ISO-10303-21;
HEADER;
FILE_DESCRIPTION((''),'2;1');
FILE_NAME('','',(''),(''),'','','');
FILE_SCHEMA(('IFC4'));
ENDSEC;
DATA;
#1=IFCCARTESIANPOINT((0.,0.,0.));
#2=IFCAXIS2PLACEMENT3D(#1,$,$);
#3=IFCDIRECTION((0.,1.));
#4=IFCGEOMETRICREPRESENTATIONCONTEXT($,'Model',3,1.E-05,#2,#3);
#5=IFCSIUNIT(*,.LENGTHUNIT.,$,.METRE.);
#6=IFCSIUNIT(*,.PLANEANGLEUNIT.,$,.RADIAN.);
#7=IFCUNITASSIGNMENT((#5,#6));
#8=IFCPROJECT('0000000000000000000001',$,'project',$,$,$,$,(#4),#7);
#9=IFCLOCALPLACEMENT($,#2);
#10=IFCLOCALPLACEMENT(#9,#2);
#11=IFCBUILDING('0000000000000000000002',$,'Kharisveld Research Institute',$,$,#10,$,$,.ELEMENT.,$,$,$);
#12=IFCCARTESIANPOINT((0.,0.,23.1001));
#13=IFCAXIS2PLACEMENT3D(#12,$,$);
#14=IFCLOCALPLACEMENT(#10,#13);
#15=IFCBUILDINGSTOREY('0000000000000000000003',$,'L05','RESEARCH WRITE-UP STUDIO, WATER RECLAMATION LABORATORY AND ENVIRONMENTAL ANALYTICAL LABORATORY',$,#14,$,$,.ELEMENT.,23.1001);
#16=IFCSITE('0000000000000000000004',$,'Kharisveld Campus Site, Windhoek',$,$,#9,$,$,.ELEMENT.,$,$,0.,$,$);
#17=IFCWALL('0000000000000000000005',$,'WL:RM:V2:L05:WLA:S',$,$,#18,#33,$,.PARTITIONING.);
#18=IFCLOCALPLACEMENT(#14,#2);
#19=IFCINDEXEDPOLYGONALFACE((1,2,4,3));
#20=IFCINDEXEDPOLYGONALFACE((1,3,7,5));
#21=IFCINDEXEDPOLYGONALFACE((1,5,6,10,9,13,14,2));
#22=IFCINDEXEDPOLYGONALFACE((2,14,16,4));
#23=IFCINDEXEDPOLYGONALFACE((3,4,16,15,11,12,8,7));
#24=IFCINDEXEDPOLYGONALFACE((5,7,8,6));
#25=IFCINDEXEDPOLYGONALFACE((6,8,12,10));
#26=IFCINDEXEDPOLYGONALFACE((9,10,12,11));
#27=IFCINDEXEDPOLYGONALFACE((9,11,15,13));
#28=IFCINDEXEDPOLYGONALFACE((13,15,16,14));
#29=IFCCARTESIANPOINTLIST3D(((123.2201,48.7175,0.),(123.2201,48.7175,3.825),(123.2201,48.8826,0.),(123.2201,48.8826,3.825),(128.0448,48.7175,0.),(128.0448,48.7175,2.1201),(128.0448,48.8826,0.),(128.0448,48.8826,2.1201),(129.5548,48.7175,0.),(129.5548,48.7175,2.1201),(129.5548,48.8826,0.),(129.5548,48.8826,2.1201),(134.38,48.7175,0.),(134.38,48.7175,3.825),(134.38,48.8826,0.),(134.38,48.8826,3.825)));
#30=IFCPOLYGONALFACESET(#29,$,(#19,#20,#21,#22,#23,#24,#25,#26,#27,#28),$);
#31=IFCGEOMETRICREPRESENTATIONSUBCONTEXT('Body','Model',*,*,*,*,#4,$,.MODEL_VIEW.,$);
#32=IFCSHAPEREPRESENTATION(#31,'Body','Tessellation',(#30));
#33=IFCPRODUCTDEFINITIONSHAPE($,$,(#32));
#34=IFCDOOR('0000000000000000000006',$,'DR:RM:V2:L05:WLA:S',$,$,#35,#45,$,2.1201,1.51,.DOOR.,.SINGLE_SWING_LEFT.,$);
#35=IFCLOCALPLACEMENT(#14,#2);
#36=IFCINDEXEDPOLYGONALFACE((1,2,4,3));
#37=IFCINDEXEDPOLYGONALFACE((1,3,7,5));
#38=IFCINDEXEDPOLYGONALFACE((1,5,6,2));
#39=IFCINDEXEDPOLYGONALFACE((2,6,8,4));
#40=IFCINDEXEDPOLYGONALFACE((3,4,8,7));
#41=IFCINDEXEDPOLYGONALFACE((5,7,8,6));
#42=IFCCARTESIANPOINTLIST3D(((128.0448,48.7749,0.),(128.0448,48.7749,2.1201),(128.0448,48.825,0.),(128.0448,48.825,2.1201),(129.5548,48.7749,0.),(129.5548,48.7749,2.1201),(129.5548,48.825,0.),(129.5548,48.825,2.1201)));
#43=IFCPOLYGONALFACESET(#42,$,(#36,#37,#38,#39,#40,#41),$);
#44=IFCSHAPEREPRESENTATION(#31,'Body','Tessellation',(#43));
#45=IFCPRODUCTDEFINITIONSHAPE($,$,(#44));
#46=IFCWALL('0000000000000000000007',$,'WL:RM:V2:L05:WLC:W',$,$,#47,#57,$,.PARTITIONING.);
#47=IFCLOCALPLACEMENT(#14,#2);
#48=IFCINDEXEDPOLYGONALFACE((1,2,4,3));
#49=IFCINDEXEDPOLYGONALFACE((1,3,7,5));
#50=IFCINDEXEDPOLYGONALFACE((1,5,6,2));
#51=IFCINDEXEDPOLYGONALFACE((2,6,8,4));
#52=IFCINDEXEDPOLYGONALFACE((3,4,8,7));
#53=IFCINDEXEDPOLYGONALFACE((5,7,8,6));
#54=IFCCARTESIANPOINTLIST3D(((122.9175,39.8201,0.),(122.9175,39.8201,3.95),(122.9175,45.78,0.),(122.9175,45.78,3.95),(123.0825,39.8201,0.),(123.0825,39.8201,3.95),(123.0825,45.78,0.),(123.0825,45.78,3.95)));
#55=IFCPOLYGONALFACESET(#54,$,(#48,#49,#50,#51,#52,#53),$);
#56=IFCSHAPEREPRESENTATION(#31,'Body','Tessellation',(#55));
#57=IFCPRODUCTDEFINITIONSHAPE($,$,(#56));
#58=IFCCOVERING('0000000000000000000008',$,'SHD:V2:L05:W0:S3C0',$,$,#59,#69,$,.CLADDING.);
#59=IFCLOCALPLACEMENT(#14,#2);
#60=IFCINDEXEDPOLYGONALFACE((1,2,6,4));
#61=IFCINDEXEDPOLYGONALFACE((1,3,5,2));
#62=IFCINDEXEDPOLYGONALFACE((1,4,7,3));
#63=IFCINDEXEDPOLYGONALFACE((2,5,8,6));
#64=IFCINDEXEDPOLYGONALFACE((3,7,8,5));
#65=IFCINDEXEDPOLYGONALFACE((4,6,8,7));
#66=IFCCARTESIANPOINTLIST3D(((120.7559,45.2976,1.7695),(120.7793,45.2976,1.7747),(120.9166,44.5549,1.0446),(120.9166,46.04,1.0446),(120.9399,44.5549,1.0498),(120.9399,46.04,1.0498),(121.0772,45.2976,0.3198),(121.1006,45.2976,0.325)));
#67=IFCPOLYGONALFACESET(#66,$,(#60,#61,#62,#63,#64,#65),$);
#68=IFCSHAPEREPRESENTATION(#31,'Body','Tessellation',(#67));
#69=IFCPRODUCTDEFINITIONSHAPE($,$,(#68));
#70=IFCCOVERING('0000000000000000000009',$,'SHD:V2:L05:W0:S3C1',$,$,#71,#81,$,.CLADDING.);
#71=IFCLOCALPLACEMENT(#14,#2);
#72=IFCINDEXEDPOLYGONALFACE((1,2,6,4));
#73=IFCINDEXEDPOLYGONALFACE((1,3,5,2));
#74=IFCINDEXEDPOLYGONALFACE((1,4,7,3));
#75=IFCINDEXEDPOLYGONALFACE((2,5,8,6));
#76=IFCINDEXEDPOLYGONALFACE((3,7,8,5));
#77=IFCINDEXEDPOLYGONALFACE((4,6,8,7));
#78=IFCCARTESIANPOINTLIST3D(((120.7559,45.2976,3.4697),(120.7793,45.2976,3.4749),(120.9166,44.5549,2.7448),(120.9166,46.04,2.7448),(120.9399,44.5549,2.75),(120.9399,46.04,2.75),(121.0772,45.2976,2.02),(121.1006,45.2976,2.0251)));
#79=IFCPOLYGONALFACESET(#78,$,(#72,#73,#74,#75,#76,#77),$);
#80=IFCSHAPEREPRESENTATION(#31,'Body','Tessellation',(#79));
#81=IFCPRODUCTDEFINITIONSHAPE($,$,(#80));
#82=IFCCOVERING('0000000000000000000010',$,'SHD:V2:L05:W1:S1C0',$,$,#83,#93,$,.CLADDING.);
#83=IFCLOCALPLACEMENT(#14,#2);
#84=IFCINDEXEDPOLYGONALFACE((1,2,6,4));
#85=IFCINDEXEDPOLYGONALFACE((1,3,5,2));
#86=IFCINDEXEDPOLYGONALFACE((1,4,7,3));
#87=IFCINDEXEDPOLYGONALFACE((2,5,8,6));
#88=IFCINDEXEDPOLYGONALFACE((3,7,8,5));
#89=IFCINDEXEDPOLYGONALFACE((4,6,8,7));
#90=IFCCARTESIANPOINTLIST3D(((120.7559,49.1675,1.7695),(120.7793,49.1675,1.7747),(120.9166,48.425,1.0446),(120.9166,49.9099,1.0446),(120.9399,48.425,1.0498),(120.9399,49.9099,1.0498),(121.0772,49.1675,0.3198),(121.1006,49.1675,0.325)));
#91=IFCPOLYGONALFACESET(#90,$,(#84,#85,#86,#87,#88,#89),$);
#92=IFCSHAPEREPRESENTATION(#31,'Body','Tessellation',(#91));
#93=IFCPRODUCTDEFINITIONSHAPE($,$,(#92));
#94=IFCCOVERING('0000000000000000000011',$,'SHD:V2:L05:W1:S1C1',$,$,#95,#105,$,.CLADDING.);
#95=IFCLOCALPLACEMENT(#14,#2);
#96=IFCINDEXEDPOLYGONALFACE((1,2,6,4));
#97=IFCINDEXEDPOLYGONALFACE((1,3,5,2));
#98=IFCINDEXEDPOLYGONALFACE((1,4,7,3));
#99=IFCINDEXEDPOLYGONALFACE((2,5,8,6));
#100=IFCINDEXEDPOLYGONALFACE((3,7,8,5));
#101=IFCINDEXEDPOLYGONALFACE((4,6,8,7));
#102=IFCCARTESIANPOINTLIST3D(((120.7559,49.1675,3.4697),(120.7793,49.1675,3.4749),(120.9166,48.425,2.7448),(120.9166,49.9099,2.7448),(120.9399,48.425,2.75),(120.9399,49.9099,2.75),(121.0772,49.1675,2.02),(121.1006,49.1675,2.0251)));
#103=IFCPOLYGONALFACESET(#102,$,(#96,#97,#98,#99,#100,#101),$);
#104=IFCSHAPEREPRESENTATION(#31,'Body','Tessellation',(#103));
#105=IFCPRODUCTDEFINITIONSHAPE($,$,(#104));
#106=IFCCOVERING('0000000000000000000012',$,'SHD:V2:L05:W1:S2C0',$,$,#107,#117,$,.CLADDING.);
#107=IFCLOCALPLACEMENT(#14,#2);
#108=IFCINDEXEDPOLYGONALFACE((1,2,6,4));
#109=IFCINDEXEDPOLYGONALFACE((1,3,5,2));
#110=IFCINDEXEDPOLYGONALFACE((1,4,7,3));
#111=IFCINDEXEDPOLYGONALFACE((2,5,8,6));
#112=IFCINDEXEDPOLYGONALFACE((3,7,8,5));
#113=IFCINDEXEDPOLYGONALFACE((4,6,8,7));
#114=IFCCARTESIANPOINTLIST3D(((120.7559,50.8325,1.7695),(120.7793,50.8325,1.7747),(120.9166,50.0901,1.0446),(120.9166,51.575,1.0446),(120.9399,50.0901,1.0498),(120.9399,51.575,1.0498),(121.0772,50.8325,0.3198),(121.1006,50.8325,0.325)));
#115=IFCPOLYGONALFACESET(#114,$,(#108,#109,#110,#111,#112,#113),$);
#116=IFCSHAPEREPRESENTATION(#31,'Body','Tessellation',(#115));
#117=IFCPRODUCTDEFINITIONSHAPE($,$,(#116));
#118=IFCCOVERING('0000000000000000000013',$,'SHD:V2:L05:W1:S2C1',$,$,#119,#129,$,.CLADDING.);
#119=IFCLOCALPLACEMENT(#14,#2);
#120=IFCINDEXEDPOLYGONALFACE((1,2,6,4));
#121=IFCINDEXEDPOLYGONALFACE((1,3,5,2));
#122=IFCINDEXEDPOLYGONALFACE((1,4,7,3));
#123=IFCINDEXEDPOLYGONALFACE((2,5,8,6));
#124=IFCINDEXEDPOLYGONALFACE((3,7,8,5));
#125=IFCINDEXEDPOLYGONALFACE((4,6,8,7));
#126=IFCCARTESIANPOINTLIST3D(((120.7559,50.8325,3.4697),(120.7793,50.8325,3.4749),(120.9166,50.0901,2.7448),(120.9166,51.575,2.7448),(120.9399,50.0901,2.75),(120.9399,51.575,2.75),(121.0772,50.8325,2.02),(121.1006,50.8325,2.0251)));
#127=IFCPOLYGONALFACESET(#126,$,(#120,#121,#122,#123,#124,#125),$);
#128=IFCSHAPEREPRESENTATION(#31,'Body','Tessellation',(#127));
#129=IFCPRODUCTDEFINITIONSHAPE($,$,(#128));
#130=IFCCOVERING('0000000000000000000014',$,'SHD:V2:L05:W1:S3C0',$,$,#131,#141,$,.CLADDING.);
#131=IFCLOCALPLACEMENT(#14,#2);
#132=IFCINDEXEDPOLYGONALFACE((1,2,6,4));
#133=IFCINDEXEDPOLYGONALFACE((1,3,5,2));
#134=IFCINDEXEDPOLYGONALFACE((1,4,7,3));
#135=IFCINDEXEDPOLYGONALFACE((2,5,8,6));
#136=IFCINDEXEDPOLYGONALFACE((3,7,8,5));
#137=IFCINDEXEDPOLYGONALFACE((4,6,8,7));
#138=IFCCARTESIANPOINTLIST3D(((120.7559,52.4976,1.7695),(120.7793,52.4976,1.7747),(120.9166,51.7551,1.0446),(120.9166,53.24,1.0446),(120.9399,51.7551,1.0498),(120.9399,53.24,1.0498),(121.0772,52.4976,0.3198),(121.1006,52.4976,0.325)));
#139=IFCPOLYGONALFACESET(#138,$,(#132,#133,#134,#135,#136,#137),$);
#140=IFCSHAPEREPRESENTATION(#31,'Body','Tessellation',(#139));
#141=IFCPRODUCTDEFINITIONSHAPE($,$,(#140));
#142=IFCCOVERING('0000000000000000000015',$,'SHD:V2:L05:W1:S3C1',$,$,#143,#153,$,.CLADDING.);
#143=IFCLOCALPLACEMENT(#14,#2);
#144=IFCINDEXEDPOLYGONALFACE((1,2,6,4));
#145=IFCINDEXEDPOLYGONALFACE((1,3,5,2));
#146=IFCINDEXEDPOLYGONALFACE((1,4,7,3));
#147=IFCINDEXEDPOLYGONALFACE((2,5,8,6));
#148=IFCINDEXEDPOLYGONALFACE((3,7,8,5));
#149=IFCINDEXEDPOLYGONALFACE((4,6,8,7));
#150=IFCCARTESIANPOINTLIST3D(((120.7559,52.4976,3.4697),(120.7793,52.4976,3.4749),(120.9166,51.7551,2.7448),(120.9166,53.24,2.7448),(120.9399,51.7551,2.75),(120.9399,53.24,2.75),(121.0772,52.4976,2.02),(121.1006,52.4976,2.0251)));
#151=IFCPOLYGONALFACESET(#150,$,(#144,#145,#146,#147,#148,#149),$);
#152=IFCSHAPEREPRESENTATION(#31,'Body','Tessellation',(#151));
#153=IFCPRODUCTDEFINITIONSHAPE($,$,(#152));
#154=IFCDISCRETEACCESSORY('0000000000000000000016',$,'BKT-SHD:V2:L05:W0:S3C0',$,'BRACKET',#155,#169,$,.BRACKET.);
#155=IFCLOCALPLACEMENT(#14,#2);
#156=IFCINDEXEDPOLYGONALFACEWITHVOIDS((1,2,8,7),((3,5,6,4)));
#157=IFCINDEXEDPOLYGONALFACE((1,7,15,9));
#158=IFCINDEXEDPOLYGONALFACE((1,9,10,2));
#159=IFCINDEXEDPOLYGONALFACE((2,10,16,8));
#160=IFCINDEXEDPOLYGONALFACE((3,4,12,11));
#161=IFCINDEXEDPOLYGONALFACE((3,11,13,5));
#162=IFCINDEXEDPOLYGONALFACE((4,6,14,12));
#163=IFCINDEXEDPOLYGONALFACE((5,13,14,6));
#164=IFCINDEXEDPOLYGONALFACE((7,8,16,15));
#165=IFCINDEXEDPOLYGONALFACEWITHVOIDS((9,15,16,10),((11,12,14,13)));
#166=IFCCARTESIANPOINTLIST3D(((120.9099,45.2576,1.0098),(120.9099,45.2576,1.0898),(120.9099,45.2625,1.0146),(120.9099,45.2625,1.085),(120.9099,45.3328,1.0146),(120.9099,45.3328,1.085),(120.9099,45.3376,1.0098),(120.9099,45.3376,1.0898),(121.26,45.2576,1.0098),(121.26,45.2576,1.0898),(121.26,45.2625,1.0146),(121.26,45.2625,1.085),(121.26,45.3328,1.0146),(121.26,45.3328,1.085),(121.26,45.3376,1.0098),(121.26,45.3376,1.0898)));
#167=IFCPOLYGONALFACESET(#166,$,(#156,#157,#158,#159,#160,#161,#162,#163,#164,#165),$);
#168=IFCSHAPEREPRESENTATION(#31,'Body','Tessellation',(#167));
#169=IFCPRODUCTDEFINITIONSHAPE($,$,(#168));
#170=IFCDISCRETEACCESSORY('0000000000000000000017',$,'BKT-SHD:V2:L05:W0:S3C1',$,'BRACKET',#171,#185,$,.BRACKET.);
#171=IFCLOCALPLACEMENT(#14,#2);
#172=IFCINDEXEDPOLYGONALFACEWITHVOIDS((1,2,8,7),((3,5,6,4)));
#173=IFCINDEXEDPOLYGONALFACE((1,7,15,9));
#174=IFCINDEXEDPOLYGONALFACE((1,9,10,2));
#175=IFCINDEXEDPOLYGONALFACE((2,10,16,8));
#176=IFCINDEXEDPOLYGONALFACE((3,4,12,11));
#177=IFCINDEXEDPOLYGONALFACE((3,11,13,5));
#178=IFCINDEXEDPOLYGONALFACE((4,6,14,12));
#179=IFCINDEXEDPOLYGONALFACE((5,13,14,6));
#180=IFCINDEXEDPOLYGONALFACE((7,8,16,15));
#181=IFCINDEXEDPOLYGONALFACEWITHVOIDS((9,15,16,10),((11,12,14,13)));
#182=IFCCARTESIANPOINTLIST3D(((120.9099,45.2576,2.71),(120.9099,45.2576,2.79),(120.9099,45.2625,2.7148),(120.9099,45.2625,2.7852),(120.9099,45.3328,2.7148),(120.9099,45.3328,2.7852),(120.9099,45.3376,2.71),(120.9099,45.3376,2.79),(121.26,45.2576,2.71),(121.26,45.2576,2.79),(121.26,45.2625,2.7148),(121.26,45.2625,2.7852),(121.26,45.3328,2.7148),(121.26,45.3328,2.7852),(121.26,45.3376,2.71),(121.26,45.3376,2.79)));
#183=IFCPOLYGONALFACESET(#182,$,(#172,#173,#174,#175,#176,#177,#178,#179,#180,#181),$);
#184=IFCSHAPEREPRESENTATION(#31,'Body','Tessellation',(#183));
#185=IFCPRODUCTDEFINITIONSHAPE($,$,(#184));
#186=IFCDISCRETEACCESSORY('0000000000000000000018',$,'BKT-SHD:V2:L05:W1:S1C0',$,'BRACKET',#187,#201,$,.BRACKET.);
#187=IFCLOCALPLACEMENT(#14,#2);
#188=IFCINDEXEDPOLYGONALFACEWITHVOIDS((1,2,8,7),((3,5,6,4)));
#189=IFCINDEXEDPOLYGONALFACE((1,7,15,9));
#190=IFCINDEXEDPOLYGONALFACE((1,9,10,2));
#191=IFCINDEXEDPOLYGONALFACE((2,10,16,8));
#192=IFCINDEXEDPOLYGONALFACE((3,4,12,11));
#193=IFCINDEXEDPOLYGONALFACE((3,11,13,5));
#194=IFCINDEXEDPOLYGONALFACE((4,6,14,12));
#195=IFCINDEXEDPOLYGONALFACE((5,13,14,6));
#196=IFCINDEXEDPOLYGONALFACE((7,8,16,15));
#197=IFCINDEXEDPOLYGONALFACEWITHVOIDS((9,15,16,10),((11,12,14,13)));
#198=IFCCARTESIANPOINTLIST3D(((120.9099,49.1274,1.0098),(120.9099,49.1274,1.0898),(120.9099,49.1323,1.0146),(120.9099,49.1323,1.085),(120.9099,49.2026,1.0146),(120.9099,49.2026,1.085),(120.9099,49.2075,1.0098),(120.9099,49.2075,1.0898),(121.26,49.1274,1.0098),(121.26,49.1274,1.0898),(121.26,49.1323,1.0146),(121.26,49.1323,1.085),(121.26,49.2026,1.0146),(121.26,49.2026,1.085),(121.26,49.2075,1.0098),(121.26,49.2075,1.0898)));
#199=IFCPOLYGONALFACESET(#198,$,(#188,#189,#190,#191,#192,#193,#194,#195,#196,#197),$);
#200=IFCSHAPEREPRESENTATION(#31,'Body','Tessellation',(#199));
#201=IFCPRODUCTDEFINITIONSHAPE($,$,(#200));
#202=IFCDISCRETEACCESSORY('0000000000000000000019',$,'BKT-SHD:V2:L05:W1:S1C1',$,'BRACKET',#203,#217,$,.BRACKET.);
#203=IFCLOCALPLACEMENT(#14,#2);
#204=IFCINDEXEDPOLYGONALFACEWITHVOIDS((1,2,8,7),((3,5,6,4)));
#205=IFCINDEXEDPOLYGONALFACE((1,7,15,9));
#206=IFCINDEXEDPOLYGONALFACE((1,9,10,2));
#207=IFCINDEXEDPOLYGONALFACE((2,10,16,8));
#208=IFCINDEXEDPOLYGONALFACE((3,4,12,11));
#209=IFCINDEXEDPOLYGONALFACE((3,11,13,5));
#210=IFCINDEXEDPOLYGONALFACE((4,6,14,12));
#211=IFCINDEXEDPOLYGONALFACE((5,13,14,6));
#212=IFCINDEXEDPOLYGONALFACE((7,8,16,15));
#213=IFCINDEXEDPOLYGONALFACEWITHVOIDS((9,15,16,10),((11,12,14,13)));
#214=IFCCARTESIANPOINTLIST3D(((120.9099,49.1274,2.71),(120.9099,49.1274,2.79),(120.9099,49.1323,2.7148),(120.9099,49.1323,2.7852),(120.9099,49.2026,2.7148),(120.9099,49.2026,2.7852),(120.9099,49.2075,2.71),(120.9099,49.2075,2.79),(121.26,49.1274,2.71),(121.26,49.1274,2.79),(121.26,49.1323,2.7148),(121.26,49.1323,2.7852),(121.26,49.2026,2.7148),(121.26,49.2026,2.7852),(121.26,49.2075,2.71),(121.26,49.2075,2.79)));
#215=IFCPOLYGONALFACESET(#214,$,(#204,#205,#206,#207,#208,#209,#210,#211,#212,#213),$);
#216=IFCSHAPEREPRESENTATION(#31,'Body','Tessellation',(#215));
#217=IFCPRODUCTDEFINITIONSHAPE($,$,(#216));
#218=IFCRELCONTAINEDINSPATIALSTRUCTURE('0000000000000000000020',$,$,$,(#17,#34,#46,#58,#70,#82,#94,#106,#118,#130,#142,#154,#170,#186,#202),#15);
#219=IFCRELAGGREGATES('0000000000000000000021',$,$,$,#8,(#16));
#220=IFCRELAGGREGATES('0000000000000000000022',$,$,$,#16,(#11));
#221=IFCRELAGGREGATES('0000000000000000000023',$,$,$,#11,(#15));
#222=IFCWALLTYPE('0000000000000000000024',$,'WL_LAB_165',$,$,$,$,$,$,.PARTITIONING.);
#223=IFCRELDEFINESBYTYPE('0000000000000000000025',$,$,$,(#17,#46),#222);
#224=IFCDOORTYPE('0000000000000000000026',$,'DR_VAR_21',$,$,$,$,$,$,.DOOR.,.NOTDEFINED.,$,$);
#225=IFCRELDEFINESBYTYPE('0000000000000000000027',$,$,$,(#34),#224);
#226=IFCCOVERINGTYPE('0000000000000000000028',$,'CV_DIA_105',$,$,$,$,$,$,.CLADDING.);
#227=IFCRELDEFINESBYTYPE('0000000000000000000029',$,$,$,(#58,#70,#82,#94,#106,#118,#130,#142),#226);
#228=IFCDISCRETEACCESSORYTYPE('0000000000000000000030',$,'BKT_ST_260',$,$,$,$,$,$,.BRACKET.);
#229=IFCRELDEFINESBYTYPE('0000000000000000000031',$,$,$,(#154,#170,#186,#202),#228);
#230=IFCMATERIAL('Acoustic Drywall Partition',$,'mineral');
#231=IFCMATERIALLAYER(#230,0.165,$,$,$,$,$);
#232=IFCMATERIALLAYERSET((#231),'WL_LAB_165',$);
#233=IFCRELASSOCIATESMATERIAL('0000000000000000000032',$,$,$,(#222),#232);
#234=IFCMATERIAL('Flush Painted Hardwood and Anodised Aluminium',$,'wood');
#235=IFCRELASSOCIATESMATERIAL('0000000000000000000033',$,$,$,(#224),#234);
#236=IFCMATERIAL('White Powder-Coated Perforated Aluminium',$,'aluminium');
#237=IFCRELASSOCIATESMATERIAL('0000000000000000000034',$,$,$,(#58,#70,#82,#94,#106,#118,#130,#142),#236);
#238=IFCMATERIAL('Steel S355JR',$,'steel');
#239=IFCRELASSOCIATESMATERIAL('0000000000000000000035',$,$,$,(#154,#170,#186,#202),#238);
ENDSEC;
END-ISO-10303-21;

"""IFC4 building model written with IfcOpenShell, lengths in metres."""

from ifc_helpers import new_model, si_unit, direction, frame, frame_2d, origin, origin_2d, place, context, subcontext, project, spatial, polyline, rectangle, hollow_rectangle, outline, extrude, material, layer, layer_set, type_object, element, fill, save


model = new_model("IFC4")

# Units and contexts
model_context = context("Model", 3, precision=1e-05, world=origin(), true_north=direction((0.0, 1.0)))
body_context = subcontext(model_context, "Body", "Model", "MODEL_VIEW")
ifc_project = project(units=[si_unit("LENGTHUNIT", "METRE"), si_unit("PLANEANGLEUNIT", "RADIAN")], contexts=[model_context])

# Site, building, storey
site_placement = place(None, origin())
site = spatial("IfcSite", under=ifc_project, at=site_placement, Name="Kharisveld Campus Site, Windhoek", CompositionType="ELEMENT", RefElevation=0.0)
building_placement = place(site_placement, origin())
building = spatial("IfcBuilding", under=site, at=building_placement, Name="Kharisveld Research Institute", CompositionType="ELEMENT")
storey_placement = place(building_placement, frame((0.0, 0.0, 23.1001)))
storey = spatial("IfcBuildingStorey", under=building, at=storey_placement, Name="L05", Description="RESEARCH WRITE-UP STUDIO, WATER RECLAMATION LABORATORY AND ENVIRONMENTAL ANALYTICAL LABORATORY", CompositionType="ELEMENT", Elevation=23.1001)

# Wall, opening, door
ifc_material_1 = material(Name="Acoustic Drywall Partition", Category="mineral")
ifc_layer_1 = layer(ifc_material_1, 0.165)
ifc_layer_set_1 = layer_set([ifc_layer_1], Name="WL_LAB_165")
wall_type_1 = type_object("IfcWallType", Name="WL_LAB_165", PredefinedType="PARTITIONING", material=ifc_layer_set_1)
wall_1_placement = place(storey_placement, frame((123.22, 48.8, 0.0), z_axis=(0.0, 0.0, 1.0), x_axis=(1.0, 0.0, 0.0)))
wall_1 = element("IfcWall", 1, at=wall_1_placement, inside=storey, type_object=wall_type_1, Name="WL:RM:V2:L05:WLA:S", PredefinedType="PARTITIONING", context=body_context, shape_type="SweptSolid", body=[
    extrude(rectangle(XDim=11.1599, YDim=0.165, at=frame_2d((5.5801, 0.0))), origin(), (0.0, 0.0, 1.0), 3.825),
])
opening_1_placement = place(wall_1_placement, frame((4.825, 0.0, 0.0)))
opening_1 = element("IfcOpeningElement", 2, at=opening_1_placement, cuts=wall_1, PredefinedType="OPENING", context=body_context, shape_type="SweptSolid", body=[
    extrude(rectangle(XDim=1.51, YDim=2.1201, at=frame_2d((0.7549, 1.0601))), frame((0.0, 0.0825, 0.0), z_axis=(0.0, -1.0, 0.0), x_axis=(1.0, 0.0, 0.0)), (0.0, 0.0, 1.0), 0.165),
])
ifc_material_2 = material(Name="Flush Painted Hardwood and Anodised Aluminium", Category="wood")
door_type_1 = type_object("IfcDoorType", Name="DR_VAR_21", OperationType="NOTDEFINED", PredefinedType="DOOR", material=ifc_material_2)
door_1_placement = place(opening_1_placement, origin())
door_1 = element("IfcDoor", 3, at=door_1_placement, inside=storey, type_object=door_type_1, Name="DR:RM:V2:L05:WLA:S", OperationType="SINGLE_SWING_LEFT", OverallHeight=2.1201, OverallWidth=1.51, PredefinedType="DOOR", context=body_context, shape_type="SweptSolid", body=[
    extrude(rectangle(XDim=1.51, YDim=2.1201, at=frame_2d((0.7549, 1.0601))), frame((0.0, 0.0249, 0.0), z_axis=(0.0, -1.0, 0.0), x_axis=(1.0, 0.0, 0.0)), (0.0, 0.0, 1.0), 0.05),
])
fill(opening_1, door_1)

# Wall
wall_2_placement = place(storey_placement, frame((123.0, 45.78, 0.0), z_axis=(0.0, 0.0, 1.0), x_axis=(0.0, -1.0, 0.0)))
element("IfcWall", 4, at=wall_2_placement, inside=storey, type_object=wall_type_1, Name="WL:RM:V2:L05:WLC:W", PredefinedType="PARTITIONING", context=body_context, shape_type="SweptSolid", body=[
    extrude(rectangle(XDim=5.96, YDim=0.165, at=frame_2d((2.98, 0.0))), origin(), (0.0, 0.0, 1.0), 3.95),
])

# Coverings
ifc_material_3 = material(Name="White Powder-Coated Perforated Aluminium", Category="aluminium")
covering_type = type_object("IfcCoveringType", Name="CV_DIA_105", PredefinedType="CLADDING")
for number, where, z_axis, x_axis, name in (
    (5, (121.1006, 45.2976, 0.325), (0.976311, 0.0, 0.216373), (-0.153, 0.707102, 0.69036), "SHD:V2:L05:W0:S3C0"),
    (6, (121.1006, 45.2976, 2.0251), (0.976311, 0.0, 0.216373), (-0.153, 0.707102, 0.69036), "SHD:V2:L05:W0:S3C1"),
):
    element("IfcCovering", number, at=place(storey_placement, frame(where, z_axis=z_axis, x_axis=x_axis)), inside=storey, type_object=covering_type, material=ifc_material_3, Name=name, PredefinedType="CLADDING", context=body_context, shape_type="SweptSolid", body=[
        extrude(outline(polyline([(0.0, 0.0), (1.05, 0.0), (1.05, 1.05), (-0.0002, 1.0501), (0.0, 0.0)])), origin(), (0.0, 0.0, -1.0), 0.0239),
    ])
for number, where, z_axis, x_axis, name in (
    (7, (121.1006, 49.1675, 0.325), (0.976311, 0.0, 0.216373), (-0.153, 0.707102, 0.69036), "SHD:V2:L05:W1:S1C0"),
    (8, (121.1006, 49.1675, 2.0251), (0.976311, 0.0, 0.216373), (-0.153, 0.707102, 0.69036), "SHD:V2:L05:W1:S1C1"),
    (9, (121.1006, 50.8325, 0.325), (0.976311, 0.0, 0.216373), (-0.153, 0.707102, 0.69036), "SHD:V2:L05:W1:S2C0"),
    (10, (121.1006, 50.8325, 2.0251), (0.976311, 0.0, 0.216373), (-0.153, 0.707102, 0.69036), "SHD:V2:L05:W1:S2C1"),
    (11, (121.1006, 52.4976, 0.325), (0.976311, 0.0, 0.216373), (-0.153, 0.707102, 0.69036), "SHD:V2:L05:W1:S3C0"),
    (12, (121.1006, 52.4976, 2.0251), (0.976311, 0.0, 0.216373), (-0.153, 0.707102, 0.69036), "SHD:V2:L05:W1:S3C1"),
):
    element("IfcCovering", number, at=place(storey_placement, frame(where, z_axis=z_axis, x_axis=x_axis)), inside=storey, type_object=covering_type, material=ifc_material_3, Name=name, PredefinedType="CLADDING", context=body_context, shape_type="SweptSolid", body=[
        extrude(outline(polyline([(0.0, 0.0), (1.05, 0.0), (1.05, 1.05), (0.0, 1.05), (0.0, 0.0)])), origin(), (0.0, 0.0, -1.0), 0.0239),
    ])

# Discrete accessories
ifc_material_4 = material(Name="Steel S355JR", Category="steel")
discrete_accessory_type = type_object("IfcDiscreteAccessoryType", Name="BKT_ST_260", PredefinedType="BRACKET")
for number, where, z_axis, x_axis, name in (
    (13, (121.26, 45.2976, 1.0498), (-1.0, 0.0, 0.0), (0.0, -1.0, 0.0), "BKT-SHD:V2:L05:W0:S3C0"),
    (14, (121.26, 45.2976, 2.75), (-1.0, 0.0, 0.0), (0.0, -1.0, 0.0), "BKT-SHD:V2:L05:W0:S3C1"),
    (15, (121.26, 49.1675, 1.0498), (-1.0, 0.0, 0.0), (0.0, -1.0, 0.0), "BKT-SHD:V2:L05:W1:S1C0"),
    (16, (121.26, 49.1675, 2.75), (-1.0, 0.0, 0.0), (0.0, -1.0, 0.0), "BKT-SHD:V2:L05:W1:S1C1"),
):
    element("IfcDiscreteAccessory", number, at=place(storey_placement, frame(where, z_axis=z_axis, x_axis=x_axis)), inside=storey, type_object=discrete_accessory_type, material=ifc_material_4, Name=name, ObjectType="BRACKET", PredefinedType="BRACKET", context=body_context, shape_type="SweptSolid", body=[
        extrude(hollow_rectangle(XDim=0.0801, YDim=0.0801, WallThickness=0.0049, at=origin_2d()), origin(), (0.0, 0.0, 1.0), 0.3501),
    ])

save(model, "model.ifc")
